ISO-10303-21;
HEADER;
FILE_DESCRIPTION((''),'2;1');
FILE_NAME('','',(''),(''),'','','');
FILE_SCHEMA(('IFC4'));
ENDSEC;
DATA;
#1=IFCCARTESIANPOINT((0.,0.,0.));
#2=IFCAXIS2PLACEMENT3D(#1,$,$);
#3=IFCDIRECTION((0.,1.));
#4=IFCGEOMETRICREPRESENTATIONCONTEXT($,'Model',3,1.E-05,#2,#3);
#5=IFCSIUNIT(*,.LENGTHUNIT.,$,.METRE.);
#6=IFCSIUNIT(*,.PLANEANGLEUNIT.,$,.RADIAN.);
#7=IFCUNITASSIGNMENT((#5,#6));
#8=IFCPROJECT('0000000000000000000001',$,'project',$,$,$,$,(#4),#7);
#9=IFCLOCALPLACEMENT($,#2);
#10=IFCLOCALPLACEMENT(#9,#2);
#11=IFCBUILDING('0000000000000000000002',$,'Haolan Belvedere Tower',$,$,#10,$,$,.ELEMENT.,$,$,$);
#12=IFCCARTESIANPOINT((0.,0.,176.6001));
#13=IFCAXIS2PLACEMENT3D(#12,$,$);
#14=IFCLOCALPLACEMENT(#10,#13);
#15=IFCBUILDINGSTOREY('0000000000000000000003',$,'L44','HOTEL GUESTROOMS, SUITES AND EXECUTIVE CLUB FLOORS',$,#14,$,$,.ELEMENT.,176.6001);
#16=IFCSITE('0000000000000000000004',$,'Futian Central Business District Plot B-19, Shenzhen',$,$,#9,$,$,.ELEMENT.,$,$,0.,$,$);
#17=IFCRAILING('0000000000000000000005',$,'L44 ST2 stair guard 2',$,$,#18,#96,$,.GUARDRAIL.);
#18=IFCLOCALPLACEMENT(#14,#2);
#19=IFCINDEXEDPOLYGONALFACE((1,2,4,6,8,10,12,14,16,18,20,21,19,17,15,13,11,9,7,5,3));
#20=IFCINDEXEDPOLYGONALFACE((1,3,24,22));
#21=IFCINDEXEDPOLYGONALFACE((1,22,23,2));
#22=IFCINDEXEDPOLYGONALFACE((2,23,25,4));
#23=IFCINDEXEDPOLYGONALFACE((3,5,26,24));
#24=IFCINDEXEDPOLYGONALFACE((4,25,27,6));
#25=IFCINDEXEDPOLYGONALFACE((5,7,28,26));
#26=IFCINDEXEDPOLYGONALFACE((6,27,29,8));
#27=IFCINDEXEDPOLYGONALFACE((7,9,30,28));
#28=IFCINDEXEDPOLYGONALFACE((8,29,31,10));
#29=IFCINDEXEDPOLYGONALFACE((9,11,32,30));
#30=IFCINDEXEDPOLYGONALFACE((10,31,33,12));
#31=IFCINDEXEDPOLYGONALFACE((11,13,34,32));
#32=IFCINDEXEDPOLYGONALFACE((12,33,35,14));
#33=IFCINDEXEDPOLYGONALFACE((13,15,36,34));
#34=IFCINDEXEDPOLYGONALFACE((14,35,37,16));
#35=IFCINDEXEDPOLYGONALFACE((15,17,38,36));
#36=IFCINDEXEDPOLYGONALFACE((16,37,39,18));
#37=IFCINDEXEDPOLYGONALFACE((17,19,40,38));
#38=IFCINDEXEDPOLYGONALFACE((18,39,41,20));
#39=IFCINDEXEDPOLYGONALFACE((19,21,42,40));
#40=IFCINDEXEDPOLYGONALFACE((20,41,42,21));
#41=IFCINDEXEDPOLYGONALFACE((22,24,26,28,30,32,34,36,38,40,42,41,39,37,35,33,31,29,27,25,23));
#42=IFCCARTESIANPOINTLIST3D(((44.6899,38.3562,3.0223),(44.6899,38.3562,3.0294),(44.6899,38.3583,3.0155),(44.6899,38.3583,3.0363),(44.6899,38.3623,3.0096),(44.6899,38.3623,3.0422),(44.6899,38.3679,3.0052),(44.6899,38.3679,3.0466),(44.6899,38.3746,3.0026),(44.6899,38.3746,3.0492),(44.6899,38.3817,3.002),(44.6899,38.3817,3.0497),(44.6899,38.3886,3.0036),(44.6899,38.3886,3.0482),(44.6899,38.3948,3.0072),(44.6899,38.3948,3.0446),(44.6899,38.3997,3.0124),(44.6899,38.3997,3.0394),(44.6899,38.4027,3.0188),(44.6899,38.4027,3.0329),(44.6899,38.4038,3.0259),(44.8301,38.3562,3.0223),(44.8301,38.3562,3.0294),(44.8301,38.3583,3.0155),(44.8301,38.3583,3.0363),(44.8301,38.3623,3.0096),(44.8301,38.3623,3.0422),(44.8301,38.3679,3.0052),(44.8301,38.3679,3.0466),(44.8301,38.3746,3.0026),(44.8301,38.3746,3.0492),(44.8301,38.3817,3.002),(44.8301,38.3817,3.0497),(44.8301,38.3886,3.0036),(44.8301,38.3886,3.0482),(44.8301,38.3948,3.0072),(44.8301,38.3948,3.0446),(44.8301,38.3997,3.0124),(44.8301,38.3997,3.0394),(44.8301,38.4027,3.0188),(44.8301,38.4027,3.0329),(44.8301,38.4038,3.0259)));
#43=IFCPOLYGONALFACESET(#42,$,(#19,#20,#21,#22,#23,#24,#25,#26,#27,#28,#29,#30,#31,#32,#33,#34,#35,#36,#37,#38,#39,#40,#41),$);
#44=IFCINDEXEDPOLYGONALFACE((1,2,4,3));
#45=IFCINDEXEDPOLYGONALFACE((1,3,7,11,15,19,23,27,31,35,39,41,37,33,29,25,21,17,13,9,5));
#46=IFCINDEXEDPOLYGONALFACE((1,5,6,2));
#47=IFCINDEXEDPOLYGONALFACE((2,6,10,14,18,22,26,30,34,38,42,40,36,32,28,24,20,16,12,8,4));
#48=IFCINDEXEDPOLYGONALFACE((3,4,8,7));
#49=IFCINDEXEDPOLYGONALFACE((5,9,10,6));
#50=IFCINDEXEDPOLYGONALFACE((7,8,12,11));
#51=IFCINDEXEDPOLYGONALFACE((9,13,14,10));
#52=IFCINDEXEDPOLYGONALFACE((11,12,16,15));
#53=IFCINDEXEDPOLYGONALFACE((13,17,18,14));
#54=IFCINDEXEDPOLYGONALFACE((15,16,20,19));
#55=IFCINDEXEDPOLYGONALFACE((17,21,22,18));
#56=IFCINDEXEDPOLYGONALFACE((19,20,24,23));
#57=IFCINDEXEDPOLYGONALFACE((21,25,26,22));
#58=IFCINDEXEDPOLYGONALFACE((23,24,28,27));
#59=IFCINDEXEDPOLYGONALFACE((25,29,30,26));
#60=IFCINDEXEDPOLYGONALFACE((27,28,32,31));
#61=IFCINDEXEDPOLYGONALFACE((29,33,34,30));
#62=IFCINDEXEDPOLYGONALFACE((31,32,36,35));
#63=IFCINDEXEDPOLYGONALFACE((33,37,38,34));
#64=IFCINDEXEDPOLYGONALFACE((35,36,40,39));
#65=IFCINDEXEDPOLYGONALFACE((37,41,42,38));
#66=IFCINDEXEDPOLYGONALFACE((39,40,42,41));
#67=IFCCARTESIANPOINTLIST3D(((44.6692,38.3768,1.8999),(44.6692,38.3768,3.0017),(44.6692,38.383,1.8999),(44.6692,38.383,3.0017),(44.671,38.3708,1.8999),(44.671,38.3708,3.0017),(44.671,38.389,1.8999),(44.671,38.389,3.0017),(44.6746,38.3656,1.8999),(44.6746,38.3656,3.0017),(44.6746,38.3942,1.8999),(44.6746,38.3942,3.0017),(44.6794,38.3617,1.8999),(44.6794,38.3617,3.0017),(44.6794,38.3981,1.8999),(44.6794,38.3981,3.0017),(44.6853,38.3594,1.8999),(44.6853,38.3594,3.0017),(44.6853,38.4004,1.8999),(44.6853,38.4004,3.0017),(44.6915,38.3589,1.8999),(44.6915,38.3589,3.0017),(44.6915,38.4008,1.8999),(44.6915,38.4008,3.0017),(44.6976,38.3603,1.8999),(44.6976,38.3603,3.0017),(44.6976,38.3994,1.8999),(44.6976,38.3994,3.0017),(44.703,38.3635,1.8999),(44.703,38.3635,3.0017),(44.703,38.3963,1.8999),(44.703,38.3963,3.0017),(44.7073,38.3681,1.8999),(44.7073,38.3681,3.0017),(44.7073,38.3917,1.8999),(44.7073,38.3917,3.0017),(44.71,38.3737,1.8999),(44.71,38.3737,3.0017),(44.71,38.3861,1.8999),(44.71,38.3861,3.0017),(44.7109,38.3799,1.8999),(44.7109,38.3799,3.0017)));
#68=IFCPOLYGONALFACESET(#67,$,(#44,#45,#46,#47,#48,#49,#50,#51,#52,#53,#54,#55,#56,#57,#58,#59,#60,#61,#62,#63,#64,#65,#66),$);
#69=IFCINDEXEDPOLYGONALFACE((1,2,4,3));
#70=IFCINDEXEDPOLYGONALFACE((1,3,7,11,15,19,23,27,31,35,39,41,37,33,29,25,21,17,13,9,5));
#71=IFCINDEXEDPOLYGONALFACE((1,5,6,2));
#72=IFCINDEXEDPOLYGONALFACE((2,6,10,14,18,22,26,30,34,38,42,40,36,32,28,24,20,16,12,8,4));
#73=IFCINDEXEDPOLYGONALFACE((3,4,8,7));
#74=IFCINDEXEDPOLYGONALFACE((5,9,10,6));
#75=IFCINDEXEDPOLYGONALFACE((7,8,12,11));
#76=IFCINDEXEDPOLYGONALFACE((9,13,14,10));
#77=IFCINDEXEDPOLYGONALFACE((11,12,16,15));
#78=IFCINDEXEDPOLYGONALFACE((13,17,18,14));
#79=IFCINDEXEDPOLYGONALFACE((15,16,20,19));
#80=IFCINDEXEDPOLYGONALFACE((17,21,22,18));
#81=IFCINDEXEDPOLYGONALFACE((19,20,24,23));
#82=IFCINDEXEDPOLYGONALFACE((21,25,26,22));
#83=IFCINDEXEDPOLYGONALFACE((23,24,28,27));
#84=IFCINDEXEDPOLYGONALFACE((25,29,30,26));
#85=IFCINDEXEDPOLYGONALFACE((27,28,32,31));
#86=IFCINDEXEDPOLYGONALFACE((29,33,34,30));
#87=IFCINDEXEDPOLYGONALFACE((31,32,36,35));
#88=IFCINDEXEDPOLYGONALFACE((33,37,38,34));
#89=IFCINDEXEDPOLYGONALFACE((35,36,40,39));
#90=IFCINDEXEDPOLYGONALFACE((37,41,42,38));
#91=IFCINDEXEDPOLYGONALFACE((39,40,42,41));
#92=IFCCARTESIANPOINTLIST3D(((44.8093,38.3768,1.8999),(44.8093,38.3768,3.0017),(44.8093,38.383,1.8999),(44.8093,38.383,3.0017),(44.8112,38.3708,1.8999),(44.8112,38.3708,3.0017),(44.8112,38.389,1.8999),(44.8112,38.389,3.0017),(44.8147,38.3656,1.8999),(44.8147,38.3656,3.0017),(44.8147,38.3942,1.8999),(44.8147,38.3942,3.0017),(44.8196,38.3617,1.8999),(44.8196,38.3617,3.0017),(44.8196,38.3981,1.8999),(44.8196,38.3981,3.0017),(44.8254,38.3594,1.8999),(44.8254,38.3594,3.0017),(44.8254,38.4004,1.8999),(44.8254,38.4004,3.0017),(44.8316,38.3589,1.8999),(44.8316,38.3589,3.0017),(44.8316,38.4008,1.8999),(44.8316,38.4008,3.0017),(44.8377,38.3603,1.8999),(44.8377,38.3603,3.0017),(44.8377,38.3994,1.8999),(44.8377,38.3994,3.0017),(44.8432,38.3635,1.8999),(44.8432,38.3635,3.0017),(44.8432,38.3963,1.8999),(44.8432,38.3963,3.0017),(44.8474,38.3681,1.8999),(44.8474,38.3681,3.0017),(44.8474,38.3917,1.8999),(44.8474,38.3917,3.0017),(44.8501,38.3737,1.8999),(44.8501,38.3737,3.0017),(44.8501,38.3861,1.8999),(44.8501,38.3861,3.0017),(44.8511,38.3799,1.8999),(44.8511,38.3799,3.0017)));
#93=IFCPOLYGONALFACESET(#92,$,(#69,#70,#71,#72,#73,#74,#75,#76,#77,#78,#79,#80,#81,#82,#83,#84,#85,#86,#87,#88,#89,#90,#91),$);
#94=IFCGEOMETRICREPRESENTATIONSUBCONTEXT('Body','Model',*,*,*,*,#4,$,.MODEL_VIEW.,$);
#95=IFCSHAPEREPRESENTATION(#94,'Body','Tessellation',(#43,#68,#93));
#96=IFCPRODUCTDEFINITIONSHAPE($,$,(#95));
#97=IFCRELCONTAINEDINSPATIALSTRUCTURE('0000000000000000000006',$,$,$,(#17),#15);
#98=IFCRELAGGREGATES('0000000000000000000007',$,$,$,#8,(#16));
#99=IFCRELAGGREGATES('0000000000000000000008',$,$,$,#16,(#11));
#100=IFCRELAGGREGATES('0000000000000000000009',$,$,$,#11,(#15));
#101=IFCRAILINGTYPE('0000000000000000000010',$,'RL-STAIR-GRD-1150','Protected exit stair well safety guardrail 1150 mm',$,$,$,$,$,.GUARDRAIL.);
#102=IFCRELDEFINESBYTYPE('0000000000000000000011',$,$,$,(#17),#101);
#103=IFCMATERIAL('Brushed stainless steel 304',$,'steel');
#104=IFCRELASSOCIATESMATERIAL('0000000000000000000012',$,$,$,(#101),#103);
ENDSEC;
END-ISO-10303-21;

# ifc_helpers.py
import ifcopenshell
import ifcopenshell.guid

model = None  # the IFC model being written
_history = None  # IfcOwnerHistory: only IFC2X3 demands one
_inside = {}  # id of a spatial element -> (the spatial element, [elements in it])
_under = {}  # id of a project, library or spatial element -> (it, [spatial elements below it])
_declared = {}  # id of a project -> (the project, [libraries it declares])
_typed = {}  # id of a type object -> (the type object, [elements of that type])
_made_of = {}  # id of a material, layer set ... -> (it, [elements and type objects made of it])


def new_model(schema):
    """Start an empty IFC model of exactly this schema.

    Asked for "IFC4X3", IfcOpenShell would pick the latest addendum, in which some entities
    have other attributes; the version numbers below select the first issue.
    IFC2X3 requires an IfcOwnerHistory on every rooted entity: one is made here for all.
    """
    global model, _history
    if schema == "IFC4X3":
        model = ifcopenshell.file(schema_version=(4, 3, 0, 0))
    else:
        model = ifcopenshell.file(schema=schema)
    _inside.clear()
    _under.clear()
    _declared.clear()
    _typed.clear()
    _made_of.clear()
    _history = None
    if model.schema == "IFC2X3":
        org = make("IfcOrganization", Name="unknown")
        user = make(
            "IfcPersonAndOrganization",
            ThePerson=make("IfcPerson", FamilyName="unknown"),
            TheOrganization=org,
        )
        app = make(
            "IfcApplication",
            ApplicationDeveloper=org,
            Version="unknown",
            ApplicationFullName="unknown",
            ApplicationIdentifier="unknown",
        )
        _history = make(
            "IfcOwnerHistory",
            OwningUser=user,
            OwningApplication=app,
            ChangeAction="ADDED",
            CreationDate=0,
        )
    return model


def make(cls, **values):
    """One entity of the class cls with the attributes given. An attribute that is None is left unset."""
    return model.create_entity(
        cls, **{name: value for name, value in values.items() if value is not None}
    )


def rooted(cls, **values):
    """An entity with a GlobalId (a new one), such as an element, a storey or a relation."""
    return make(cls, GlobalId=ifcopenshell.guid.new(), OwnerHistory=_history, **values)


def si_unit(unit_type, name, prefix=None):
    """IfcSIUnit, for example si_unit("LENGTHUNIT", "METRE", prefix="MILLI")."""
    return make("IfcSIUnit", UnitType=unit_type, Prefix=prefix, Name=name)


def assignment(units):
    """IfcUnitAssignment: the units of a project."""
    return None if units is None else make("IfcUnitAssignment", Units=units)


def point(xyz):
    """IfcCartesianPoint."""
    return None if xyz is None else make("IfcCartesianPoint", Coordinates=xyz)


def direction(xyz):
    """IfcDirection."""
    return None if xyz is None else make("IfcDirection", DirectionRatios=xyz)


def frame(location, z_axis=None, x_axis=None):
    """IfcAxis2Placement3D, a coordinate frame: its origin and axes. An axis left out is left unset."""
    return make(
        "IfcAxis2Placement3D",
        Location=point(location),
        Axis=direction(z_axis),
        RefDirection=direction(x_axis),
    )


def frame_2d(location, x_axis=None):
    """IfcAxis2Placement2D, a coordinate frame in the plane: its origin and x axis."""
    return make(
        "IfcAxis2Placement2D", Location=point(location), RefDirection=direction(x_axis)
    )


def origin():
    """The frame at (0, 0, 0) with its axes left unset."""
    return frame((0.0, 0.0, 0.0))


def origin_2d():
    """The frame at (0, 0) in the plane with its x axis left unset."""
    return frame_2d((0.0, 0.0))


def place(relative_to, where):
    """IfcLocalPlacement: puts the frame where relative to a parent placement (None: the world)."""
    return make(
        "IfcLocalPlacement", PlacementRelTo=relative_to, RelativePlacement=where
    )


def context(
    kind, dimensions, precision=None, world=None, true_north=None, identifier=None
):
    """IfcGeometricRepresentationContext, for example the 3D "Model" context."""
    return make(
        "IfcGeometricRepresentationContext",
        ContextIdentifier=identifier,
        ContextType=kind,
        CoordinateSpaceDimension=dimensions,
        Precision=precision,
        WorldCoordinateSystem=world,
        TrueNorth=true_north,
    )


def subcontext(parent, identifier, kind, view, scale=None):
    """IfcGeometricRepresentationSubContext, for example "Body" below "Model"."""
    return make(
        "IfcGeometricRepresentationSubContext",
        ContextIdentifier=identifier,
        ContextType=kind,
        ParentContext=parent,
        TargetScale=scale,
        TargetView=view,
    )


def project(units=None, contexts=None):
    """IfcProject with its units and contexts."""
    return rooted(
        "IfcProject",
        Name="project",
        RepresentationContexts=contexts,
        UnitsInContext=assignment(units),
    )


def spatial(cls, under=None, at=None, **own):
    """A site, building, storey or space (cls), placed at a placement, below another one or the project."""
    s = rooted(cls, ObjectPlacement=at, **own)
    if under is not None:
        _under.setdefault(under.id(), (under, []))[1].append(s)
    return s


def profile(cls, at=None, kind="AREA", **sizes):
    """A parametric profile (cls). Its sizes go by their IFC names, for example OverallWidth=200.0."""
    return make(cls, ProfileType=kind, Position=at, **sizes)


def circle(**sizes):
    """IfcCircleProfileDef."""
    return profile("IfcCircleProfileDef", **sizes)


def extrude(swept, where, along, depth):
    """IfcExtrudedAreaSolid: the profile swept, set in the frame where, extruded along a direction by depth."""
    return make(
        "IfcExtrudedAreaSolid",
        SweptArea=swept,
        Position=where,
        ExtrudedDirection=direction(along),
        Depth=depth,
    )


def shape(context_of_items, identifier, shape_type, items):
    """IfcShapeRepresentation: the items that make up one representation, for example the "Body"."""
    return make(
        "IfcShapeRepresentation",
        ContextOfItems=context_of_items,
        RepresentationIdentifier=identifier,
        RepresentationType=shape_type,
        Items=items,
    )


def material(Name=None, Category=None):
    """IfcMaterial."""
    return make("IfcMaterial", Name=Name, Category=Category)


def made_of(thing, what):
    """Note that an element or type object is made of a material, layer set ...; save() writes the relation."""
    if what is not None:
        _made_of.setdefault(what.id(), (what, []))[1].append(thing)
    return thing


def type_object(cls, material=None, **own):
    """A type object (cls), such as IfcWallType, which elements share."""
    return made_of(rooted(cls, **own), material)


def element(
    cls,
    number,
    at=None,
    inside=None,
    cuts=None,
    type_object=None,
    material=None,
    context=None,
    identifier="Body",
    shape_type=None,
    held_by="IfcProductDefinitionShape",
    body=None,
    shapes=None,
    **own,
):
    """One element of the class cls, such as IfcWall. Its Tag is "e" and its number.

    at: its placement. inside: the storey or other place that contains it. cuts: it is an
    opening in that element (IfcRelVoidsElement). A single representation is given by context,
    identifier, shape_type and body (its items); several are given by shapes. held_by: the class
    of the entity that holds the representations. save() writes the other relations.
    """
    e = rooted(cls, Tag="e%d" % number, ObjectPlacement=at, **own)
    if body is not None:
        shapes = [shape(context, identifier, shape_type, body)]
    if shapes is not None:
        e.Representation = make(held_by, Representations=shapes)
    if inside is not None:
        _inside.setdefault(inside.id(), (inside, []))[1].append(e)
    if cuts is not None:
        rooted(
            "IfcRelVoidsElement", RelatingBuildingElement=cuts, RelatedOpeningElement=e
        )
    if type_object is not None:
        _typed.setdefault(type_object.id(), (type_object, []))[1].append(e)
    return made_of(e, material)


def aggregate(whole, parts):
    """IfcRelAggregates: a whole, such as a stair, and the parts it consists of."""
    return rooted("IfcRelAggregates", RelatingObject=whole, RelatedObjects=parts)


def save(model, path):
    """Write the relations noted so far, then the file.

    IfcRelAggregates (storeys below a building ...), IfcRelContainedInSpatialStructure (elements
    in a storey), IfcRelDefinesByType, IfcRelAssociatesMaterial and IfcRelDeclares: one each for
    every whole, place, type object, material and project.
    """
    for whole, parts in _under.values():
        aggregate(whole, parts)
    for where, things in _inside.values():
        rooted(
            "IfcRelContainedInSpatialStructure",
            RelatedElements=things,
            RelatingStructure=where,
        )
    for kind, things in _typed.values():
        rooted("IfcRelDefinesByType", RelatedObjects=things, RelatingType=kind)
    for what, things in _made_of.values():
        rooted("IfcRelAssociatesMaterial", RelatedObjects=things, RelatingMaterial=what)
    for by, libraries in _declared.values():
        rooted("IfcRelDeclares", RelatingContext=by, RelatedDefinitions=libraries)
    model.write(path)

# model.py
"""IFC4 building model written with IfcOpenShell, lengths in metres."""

from ifc_helpers import new_model, si_unit, direction, frame, origin, origin_2d, place, context, subcontext, project, spatial, circle, extrude, material, type_object, element, save


model = new_model("IFC4")

# Units and contexts
model_context = context("Model", 3, precision=1e-05, world=origin(), true_north=direction((0.0, 1.0)))
body_context = subcontext(model_context, "Body", "Model", "MODEL_VIEW")
ifc_project = project(units=[si_unit("LENGTHUNIT", "METRE"), si_unit("PLANEANGLEUNIT", "RADIAN")], contexts=[model_context])

# Site, building, storey
site_placement = place(None, origin())
site = spatial("IfcSite", under=ifc_project, at=site_placement, Name="Futian Central Business District Plot B-19, Shenzhen", CompositionType="ELEMENT", RefElevation=0.0)
building_placement = place(site_placement, origin())
building = spatial("IfcBuilding", under=site, at=building_placement, Name="Haolan Belvedere Tower", CompositionType="ELEMENT")
storey_placement = place(building_placement, frame((0.0, 0.0, 176.6001)))
storey = spatial("IfcBuildingStorey", under=building, at=storey_placement, Name="L44", Description="HOTEL GUESTROOMS, SUITES AND EXECUTIVE CLUB FLOORS", CompositionType="ELEMENT", Elevation=176.6001)

# Railing
ifc_material_1 = material(Name="Brushed stainless steel 304", Category="steel")
railing_type_1 = type_object("IfcRailingType", Name="RL-STAIR-GRD-1150", Description="Protected exit stair well safety guardrail 1150 mm", PredefinedType="GUARDRAIL", material=ifc_material_1)
railing_1_placement = place(storey_placement, frame((44.6899, 38.3799, 1.8999)))
element("IfcRailing", 1, at=railing_1_placement, inside=storey, type_object=railing_type_1, Name="L44 ST2 stair guard 2", PredefinedType="GUARDRAIL", context=body_context, shape_type="SweptSolid", body=[
    extrude(circle(Radius=0.0239, at=origin_2d()), frame((0.0, 0.0, 1.126), z_axis=(1.0, 0.0, 0.0), x_axis=(0.0, 1.0, 0.0)), (0.0, 0.0, 1.0), 0.1401),
    extrude(circle(Radius=0.021, at=origin_2d()), origin(), (0.0, 0.0, 1.0), 1.1018),
    extrude(circle(Radius=0.021, at=origin_2d()), frame((0.1401, 0.0, 0.0)), (0.0, 0.0, 1.0), 1.1018),
])

save(model, "model.ifc")
